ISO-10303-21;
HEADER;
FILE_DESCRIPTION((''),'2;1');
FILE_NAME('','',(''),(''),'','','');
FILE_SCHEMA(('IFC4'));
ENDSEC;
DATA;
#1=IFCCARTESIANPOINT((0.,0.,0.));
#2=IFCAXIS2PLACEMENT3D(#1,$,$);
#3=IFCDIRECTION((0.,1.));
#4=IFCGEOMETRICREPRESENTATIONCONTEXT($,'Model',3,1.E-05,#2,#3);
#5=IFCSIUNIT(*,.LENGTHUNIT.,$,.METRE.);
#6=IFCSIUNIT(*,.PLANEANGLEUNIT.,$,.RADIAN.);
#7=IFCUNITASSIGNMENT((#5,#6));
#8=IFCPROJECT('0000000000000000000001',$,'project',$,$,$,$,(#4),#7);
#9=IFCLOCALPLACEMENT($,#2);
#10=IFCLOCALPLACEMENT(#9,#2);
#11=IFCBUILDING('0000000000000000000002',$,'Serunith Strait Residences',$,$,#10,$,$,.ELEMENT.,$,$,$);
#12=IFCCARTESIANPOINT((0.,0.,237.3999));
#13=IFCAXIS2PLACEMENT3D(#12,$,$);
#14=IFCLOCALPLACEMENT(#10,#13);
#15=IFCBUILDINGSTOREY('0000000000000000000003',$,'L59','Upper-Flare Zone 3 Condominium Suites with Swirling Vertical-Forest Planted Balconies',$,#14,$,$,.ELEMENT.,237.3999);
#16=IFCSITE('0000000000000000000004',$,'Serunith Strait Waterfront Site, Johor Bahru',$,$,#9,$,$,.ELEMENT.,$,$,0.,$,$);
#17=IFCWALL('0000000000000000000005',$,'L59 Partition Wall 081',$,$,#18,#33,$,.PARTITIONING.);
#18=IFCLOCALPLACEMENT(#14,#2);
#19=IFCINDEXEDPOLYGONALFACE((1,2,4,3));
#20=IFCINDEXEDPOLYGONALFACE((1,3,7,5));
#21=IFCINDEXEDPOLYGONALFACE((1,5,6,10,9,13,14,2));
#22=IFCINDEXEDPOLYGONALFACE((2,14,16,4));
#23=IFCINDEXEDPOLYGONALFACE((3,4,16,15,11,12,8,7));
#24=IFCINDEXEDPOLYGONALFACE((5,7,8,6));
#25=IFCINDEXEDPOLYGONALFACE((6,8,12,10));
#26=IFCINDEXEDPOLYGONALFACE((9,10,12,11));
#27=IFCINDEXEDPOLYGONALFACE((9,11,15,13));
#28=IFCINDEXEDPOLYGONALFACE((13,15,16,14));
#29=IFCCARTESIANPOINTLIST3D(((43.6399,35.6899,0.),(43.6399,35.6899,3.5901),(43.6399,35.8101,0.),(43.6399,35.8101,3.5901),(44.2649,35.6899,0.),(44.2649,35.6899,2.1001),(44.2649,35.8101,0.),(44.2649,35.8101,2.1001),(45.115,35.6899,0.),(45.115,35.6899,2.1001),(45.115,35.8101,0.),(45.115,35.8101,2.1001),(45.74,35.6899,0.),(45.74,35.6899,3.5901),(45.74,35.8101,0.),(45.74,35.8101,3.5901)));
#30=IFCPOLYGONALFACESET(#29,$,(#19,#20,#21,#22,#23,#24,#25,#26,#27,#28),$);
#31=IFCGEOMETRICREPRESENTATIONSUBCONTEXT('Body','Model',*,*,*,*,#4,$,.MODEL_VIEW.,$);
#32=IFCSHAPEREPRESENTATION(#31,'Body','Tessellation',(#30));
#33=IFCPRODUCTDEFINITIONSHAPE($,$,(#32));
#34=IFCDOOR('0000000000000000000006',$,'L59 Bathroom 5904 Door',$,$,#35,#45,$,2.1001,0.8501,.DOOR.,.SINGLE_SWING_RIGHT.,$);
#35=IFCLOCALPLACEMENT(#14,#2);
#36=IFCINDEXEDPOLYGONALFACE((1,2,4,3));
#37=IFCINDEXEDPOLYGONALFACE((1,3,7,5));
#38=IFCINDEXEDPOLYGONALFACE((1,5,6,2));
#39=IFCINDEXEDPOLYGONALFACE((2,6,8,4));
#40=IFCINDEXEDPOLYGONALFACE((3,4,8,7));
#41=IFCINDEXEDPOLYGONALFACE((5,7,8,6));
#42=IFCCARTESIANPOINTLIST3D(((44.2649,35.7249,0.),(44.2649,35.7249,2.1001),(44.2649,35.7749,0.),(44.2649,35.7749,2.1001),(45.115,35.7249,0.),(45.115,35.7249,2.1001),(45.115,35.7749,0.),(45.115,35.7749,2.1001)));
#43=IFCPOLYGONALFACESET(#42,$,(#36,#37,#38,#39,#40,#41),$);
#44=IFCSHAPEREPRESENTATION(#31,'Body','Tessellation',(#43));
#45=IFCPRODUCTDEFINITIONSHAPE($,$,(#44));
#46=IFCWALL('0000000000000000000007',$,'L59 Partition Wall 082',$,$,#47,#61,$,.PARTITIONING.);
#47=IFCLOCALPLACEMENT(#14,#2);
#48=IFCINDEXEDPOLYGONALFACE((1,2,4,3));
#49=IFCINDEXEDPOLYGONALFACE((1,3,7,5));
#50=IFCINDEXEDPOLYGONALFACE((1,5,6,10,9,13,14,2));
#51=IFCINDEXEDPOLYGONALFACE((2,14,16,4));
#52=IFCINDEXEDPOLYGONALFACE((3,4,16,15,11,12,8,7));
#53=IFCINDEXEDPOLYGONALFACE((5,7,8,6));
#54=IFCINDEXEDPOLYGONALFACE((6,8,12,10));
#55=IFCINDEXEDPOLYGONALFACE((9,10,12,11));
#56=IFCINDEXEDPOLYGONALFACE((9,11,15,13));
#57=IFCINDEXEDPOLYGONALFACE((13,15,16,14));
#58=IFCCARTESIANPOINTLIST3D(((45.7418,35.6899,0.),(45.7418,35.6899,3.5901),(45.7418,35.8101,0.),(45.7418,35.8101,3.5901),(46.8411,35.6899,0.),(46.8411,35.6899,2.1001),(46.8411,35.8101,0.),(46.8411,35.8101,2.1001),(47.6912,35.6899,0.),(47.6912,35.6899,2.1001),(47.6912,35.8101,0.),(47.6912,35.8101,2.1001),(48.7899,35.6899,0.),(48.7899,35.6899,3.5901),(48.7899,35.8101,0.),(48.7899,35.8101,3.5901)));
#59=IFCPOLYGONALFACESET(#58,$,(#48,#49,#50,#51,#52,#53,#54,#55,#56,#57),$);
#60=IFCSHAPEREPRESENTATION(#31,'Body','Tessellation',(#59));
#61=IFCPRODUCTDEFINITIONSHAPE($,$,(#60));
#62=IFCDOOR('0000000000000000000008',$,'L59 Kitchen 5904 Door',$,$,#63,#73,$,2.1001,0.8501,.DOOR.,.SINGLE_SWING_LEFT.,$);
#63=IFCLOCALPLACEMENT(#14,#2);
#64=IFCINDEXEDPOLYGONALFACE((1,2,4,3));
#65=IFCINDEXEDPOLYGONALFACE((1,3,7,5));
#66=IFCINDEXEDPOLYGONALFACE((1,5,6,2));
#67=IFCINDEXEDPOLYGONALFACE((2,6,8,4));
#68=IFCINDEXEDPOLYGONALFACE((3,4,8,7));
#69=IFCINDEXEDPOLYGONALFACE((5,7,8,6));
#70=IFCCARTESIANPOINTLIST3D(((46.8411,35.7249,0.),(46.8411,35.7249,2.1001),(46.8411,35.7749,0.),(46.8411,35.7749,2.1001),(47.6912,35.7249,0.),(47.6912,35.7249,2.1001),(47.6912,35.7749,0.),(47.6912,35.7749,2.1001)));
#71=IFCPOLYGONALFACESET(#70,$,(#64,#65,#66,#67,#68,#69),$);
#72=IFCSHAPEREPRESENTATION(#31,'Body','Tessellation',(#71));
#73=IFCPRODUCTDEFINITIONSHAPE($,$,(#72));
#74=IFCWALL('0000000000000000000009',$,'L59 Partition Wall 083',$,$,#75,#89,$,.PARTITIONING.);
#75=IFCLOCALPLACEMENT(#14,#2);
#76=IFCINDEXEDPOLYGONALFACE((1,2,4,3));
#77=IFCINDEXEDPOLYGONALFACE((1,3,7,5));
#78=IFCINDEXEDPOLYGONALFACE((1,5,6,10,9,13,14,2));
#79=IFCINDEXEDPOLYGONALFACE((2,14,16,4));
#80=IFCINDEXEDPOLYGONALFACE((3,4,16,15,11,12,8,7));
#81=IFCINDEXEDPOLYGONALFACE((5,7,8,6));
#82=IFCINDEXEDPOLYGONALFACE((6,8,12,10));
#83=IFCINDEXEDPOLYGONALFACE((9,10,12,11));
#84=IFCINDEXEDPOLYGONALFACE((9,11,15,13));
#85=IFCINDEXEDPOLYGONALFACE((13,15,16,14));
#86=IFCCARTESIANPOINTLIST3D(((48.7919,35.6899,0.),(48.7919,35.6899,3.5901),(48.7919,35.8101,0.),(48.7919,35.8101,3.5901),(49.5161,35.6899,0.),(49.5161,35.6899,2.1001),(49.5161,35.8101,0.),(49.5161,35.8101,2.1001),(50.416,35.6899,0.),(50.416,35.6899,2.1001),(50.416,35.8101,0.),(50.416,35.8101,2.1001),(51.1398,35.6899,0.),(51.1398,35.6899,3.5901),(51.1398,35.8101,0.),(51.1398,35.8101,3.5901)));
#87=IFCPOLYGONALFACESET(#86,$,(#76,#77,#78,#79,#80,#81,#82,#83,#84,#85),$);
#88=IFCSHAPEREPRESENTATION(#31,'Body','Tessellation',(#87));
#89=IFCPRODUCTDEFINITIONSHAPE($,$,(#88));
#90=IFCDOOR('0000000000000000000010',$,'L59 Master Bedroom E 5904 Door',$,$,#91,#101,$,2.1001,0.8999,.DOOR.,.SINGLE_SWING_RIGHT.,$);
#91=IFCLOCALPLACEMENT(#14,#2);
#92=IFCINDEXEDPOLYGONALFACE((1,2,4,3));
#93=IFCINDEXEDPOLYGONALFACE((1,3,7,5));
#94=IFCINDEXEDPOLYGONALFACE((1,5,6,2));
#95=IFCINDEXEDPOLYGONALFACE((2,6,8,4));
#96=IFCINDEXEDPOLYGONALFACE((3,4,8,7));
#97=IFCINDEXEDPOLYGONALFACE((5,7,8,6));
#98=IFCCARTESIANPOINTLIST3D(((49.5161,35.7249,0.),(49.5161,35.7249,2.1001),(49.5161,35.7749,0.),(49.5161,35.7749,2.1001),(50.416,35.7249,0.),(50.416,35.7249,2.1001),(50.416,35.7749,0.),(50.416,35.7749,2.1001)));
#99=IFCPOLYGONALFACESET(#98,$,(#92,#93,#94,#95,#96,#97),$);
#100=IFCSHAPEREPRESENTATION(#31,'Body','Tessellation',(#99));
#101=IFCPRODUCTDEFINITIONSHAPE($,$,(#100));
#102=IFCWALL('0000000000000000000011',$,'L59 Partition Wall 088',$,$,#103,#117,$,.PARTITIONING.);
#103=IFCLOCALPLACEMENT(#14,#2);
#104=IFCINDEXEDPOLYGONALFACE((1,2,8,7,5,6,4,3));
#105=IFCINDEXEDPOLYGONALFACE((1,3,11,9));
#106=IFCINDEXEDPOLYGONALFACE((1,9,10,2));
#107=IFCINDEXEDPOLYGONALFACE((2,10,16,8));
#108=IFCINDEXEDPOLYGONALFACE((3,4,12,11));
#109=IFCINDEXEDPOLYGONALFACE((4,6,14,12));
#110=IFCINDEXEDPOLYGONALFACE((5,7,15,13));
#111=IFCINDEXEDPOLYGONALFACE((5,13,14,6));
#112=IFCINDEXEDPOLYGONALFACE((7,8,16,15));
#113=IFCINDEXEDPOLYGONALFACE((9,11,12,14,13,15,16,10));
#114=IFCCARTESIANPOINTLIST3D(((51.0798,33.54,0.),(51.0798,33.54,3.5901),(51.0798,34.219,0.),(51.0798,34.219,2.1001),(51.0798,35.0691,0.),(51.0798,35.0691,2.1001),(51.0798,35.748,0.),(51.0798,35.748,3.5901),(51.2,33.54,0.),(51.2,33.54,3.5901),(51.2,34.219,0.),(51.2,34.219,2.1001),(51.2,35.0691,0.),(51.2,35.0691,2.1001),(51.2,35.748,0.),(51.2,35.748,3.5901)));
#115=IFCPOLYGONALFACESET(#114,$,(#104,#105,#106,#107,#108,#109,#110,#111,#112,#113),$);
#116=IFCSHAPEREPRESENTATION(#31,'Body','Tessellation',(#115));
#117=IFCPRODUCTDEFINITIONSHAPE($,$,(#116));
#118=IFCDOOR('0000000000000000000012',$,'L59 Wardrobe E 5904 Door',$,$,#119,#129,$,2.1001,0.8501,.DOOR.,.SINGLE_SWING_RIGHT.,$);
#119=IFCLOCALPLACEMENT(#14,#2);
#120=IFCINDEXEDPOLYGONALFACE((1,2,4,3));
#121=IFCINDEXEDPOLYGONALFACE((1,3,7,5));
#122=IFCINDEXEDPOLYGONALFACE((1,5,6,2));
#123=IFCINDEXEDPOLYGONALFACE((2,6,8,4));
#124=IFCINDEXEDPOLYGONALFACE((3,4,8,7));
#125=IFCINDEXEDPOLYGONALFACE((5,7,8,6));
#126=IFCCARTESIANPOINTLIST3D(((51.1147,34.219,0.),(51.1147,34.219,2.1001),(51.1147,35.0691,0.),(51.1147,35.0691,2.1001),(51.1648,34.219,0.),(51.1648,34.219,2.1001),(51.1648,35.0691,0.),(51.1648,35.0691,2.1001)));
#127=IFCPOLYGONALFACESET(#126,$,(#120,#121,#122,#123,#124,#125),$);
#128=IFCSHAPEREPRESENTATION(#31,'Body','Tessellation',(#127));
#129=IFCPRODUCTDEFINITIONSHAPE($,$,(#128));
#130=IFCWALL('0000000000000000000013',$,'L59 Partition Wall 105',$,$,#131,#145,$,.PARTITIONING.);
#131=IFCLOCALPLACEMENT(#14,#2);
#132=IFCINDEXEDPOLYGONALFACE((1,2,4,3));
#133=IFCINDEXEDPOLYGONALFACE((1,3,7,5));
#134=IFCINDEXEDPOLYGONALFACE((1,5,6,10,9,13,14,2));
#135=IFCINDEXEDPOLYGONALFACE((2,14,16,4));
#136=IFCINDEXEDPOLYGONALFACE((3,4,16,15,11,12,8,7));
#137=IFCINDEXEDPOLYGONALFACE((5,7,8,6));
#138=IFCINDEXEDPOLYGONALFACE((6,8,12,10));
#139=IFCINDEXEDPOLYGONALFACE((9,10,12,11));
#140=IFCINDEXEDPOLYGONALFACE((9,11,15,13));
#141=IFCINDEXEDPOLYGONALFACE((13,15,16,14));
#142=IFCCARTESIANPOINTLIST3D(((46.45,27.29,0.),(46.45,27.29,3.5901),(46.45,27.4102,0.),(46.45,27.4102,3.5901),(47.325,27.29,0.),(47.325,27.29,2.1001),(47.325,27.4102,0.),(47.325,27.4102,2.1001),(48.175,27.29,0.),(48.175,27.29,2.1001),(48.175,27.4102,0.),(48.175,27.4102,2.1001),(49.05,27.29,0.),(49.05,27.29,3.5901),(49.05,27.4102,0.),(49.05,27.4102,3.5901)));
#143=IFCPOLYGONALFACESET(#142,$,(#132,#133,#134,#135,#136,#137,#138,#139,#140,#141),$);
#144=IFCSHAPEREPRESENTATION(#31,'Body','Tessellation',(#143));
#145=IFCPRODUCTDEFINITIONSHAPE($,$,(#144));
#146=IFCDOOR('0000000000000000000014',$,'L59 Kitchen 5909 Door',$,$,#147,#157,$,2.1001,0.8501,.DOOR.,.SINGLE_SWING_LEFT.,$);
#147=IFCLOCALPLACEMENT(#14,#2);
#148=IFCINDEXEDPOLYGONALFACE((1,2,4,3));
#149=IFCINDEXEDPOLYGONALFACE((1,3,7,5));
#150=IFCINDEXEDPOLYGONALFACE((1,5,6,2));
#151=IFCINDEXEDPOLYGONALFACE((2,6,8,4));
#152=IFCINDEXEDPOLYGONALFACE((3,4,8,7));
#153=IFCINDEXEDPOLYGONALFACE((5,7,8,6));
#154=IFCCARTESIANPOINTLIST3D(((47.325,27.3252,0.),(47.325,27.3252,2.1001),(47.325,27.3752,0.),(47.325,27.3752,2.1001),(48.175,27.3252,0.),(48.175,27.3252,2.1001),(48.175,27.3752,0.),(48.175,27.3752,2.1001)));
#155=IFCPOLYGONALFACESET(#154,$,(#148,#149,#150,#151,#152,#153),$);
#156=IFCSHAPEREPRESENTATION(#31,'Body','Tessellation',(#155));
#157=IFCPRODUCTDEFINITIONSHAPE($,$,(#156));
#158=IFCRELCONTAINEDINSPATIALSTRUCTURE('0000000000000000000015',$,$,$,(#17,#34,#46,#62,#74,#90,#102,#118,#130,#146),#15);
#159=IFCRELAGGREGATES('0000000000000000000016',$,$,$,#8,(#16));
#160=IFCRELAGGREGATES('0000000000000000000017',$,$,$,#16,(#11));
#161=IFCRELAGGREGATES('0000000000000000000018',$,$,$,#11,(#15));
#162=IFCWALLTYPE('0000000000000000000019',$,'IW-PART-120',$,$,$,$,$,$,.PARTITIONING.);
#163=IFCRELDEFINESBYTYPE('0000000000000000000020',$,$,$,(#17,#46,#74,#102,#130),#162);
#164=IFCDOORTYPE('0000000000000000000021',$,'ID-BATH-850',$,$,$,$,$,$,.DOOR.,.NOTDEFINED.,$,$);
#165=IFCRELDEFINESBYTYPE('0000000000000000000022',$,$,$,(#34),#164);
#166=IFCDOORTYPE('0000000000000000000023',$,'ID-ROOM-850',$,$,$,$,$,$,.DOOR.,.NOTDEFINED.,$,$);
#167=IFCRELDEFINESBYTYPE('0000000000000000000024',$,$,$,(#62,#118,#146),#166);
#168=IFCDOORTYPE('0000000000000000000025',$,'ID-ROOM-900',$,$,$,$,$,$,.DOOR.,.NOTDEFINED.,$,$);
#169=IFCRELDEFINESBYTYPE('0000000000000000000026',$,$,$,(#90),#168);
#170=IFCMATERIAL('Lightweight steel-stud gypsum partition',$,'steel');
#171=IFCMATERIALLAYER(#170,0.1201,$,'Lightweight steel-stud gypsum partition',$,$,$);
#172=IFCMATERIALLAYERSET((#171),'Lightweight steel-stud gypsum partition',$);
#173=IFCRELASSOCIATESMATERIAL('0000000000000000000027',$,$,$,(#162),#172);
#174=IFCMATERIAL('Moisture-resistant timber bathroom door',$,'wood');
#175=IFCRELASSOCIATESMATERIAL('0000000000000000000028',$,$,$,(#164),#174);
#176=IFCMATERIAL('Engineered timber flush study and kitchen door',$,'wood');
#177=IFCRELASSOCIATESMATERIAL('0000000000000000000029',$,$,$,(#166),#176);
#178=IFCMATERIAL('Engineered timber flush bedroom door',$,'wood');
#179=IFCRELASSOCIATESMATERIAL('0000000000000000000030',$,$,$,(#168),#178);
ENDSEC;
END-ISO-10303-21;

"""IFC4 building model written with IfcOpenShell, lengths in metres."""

from ifc_helpers import new_model, si_unit, direction, frame, frame_2d, origin, place, context, subcontext, project, spatial, rectangle, extrude, source, transform, mapped, material, layer, layer_set, type_object, element, fill, save


model = new_model("IFC4")

# Units and contexts
model_context = context("Model", 3, precision=1e-05, world=origin(), true_north=direction((0.0, 1.0)))
body_context = subcontext(model_context, "Body", "Model", "MODEL_VIEW")
ifc_project = project(units=[si_unit("LENGTHUNIT", "METRE"), si_unit("PLANEANGLEUNIT", "RADIAN")], contexts=[model_context])

# Site, building, storey
site_placement = place(None, origin())
site = spatial("IfcSite", under=ifc_project, at=site_placement, Name="Serunith Strait Waterfront Site, Johor Bahru", CompositionType="ELEMENT", RefElevation=0.0)
building_placement = place(site_placement, origin())
building = spatial("IfcBuilding", under=site, at=building_placement, Name="Serunith Strait Residences", CompositionType="ELEMENT")
storey_placement = place(building_placement, frame((0.0, 0.0, 237.3999)))
storey = spatial("IfcBuildingStorey", under=building, at=storey_placement, Name="L59", Description="Upper-Flare Zone 3 Condominium Suites with Swirling Vertical-Forest Planted Balconies", CompositionType="ELEMENT", Elevation=237.3999)

# Walls, openings, doors
ifc_material_1 = material(Name="Lightweight steel-stud gypsum partition", Category="steel")
ifc_layer_1 = layer(ifc_material_1, 0.1201, Name="Lightweight steel-stud gypsum partition")
ifc_layer_set_1 = layer_set([ifc_layer_1], Name="Lightweight steel-stud gypsum partition")
wall_type_1 = type_object("IfcWallType", Name="IW-PART-120", PredefinedType="PARTITIONING", material=ifc_layer_set_1)
wall_1_placement = place(storey_placement, frame((43.6399, 35.75, 0.0), z_axis=(0.0, 0.0, 1.0), x_axis=(1.0, 0.0, 0.0)))
wall_1 = element("IfcWall", 1, at=wall_1_placement, inside=storey, type_object=wall_type_1, Name="L59 Partition Wall 081", PredefinedType="PARTITIONING", context=body_context, shape_type="SweptSolid", body=[
    extrude(rectangle(XDim=2.1001, YDim=0.1201, at=frame_2d((1.05, 0.0))), origin(), (0.0, 0.0, 1.0), 3.5901),
])
opening_1_placement = place(wall_1_placement, frame((0.625, 0.0, 0.0)))
opening_1 = element("IfcOpeningElement", 2, at=opening_1_placement, cuts=wall_1, PredefinedType="OPENING", context=body_context, shape_type="SweptSolid", body=[
    extrude(rectangle(XDim=0.8501, YDim=2.1001, at=frame_2d((0.425, 1.05))), frame((0.0, 0.0701, 0.0), z_axis=(0.0, -1.0, 0.0), x_axis=(1.0, 0.0, 0.0)), (0.0, 0.0, 1.0), 0.1401),
])
ifc_material_2 = material(Name="Moisture-resistant timber bathroom door", Category="wood")
door_type_1 = type_object("IfcDoorType", Name="ID-BATH-850", OperationType="NOTDEFINED", PredefinedType="DOOR", material=ifc_material_2)
shared_shape_1 = source(origin(), body_context, "Body", "SweptSolid", [
    extrude(rectangle(XDim=0.8501, YDim=2.1001, at=frame_2d((0.425, 1.05))), frame((0.0, 0.0249, 0.0), z_axis=(0.0, -1.0, 0.0), x_axis=(1.0, 0.0, 0.0)), (0.0, 0.0, 1.0), 0.05),
])
door_1_placement = place(opening_1_placement, origin())
door_1 = element("IfcDoor", 3, at=door_1_placement, inside=storey, type_object=door_type_1, Name="L59 Bathroom 5904 Door", OperationType="SINGLE_SWING_RIGHT", OverallHeight=2.1001, OverallWidth=0.8501, PredefinedType="DOOR", context=body_context, shape_type="MappedRepresentation", body=[
    mapped(shared_shape_1, transform((0.0, 0.0, 0.0), scale=1.0)),
])
fill(opening_1, door_1)
wall_2_placement = place(storey_placement, frame((45.7419, 35.75, 0.0), z_axis=(0.0, 0.0, 1.0), x_axis=(1.0, 0.0, 0.0)))
wall_2 = element("IfcWall", 4, at=wall_2_placement, inside=storey, type_object=wall_type_1, Name="L59 Partition Wall 082", PredefinedType="PARTITIONING", context=body_context, shape_type="SweptSolid", body=[
    extrude(rectangle(XDim=3.0481, YDim=0.1201, at=frame_2d((1.5239, 0.0))), origin(), (0.0, 0.0, 1.0), 3.5901),
])
opening_2_placement = place(wall_2_placement, frame((1.0991, 0.0, 0.0)))
opening_2 = element("IfcOpeningElement", 5, at=opening_2_placement, cuts=wall_2, PredefinedType="OPENING", context=body_context, shape_type="SweptSolid", body=[
    extrude(rectangle(XDim=0.8501, YDim=2.1001, at=frame_2d((0.425, 1.05))), frame((0.0, 0.0701, 0.0), z_axis=(0.0, -1.0, 0.0), x_axis=(1.0, 0.0, 0.0)), (0.0, 0.0, 1.0), 0.1401),
])
ifc_material_3 = material(Name="Engineered timber flush study and kitchen door", Category="wood")
door_type_2 = type_object("IfcDoorType", Name="ID-ROOM-850", OperationType="NOTDEFINED", PredefinedType="DOOR", material=ifc_material_3)
door_2_placement = place(opening_2_placement, origin())
door_2 = element("IfcDoor", 6, at=door_2_placement, inside=storey, type_object=door_type_2, Name="L59 Kitchen 5904 Door", OperationType="SINGLE_SWING_LEFT", OverallHeight=2.1001, OverallWidth=0.8501, PredefinedType="DOOR", context=body_context, shape_type="MappedRepresentation", body=[
    mapped(shared_shape_1, transform((0.0, 0.0, 0.0), scale=1.0)),
])
fill(opening_2, door_2)
wall_3_placement = place(storey_placement, frame((48.792, 35.75, 0.0), z_axis=(0.0, 0.0, 1.0), x_axis=(1.0, 0.0, 0.0)))
wall_3 = element("IfcWall", 7, at=wall_3_placement, inside=storey, type_object=wall_type_1, Name="L59 Partition Wall 083", PredefinedType="PARTITIONING", context=body_context, shape_type="SweptSolid", body=[
    extrude(rectangle(XDim=2.3479, YDim=0.1201, at=frame_2d((1.1738, 0.0))), origin(), (0.0, 0.0, 1.0), 3.5901),
])
opening_3_placement = place(wall_3_placement, frame((0.7241, 0.0, 0.0)))
opening_3 = element("IfcOpeningElement", 8, at=opening_3_placement, cuts=wall_3, PredefinedType="OPENING", context=body_context, shape_type="SweptSolid", body=[
    extrude(rectangle(XDim=0.8999, YDim=2.1001, at=frame_2d((0.45, 1.05))), frame((0.0, 0.0701, 0.0), z_axis=(0.0, -1.0, 0.0), x_axis=(1.0, 0.0, 0.0)), (0.0, 0.0, 1.0), 0.1401),
])
ifc_material_4 = material(Name="Engineered timber flush bedroom door", Category="wood")
door_type_3 = type_object("IfcDoorType", Name="ID-ROOM-900", OperationType="NOTDEFINED", PredefinedType="DOOR", material=ifc_material_4)
shared_shape_2 = source(origin(), body_context, "Body", "SweptSolid", [
    extrude(rectangle(XDim=0.8999, YDim=2.1001, at=frame_2d((0.45, 1.05))), frame((0.0, 0.0249, 0.0), z_axis=(0.0, -1.0, 0.0), x_axis=(1.0, 0.0, 0.0)), (0.0, 0.0, 1.0), 0.05),
])
door_3_placement = place(opening_3_placement, origin())
door_3 = element("IfcDoor", 9, at=door_3_placement, inside=storey, type_object=door_type_3, Name="L59 Master Bedroom E 5904 Door", OperationType="SINGLE_SWING_RIGHT", OverallHeight=2.1001, OverallWidth=0.8999, PredefinedType="DOOR", context=body_context, shape_type="MappedRepresentation", body=[
    mapped(shared_shape_2, transform((0.0, 0.0, 0.0), scale=1.0)),
])
fill(opening_3, door_3)
wall_4_placement = place(storey_placement, frame((51.1399, 35.748, 0.0), z_axis=(0.0, 0.0, 1.0), x_axis=(0.0, -1.0, 0.0)))
wall_4 = element("IfcWall", 10, at=wall_4_placement, inside=storey, type_object=wall_type_1, Name="L59 Partition Wall 088", PredefinedType="PARTITIONING", context=body_context, shape_type="SweptSolid", body=[
    extrude(rectangle(XDim=2.208, YDim=0.1201, at=frame_2d((1.104, 0.0))), origin(), (0.0, 0.0, 1.0), 3.5901),
])
opening_4_placement = place(wall_4_placement, frame((0.679, 0.0, 0.0)))
opening_4 = element("IfcOpeningElement", 11, at=opening_4_placement, cuts=wall_4, PredefinedType="OPENING", context=body_context, shape_type="SweptSolid", body=[
    extrude(rectangle(XDim=0.8501, YDim=2.1001, at=frame_2d((0.425, 1.05))), frame((0.0, 0.0701, 0.0), z_axis=(0.0, -1.0, 0.0), x_axis=(1.0, 0.0, 0.0)), (0.0, 0.0, 1.0), 0.1401),
])
door_4_placement = place(opening_4_placement, origin())
door_4 = element("IfcDoor", 12, at=door_4_placement, inside=storey, type_object=door_type_2, Name="L59 Wardrobe E 5904 Door", OperationType="SINGLE_SWING_RIGHT", OverallHeight=2.1001, OverallWidth=0.8501, PredefinedType="DOOR", context=body_context, shape_type="MappedRepresentation", body=[
    mapped(shared_shape_1, transform((0.0, 0.0, 0.0), scale=1.0)),
])
fill(opening_4, door_4)
wall_5_placement = place(storey_placement, frame((49.05, 27.3501, 0.0), z_axis=(0.0, 0.0, 1.0), x_axis=(-1.0, 0.0, 0.0)))
wall_5 = element("IfcWall", 13, at=wall_5_placement, inside=storey, type_object=wall_type_1, Name="L59 Partition Wall 105", PredefinedType="PARTITIONING", context=body_context, shape_type="SweptSolid", body=[
    extrude(rectangle(XDim=2.6001, YDim=0.1201, at=frame_2d((1.3, 0.0))), origin(), (0.0, 0.0, 1.0), 3.5901),
])
opening_5_placement = place(wall_5_placement, frame((0.875, 0.0, 0.0)))
opening_5 = element("IfcOpeningElement", 14, at=opening_5_placement, cuts=wall_5, PredefinedType="OPENING", context=body_context, shape_type="SweptSolid", body=[
    extrude(rectangle(XDim=0.8501, YDim=2.1001, at=frame_2d((0.425, 1.05))), frame((0.0, 0.0701, 0.0), z_axis=(0.0, -1.0, 0.0), x_axis=(1.0, 0.0, 0.0)), (0.0, 0.0, 1.0), 0.1401),
])
door_5_placement = place(opening_5_placement, origin())
door_5 = element("IfcDoor", 15, at=door_5_placement, inside=storey, type_object=door_type_2, Name="L59 Kitchen 5909 Door", OperationType="SINGLE_SWING_LEFT", OverallHeight=2.1001, OverallWidth=0.8501, PredefinedType="DOOR", context=body_context, shape_type="MappedRepresentation", body=[
    mapped(shared_shape_1, transform((0.0, 0.0, 0.0), scale=1.0)),
])
fill(opening_5, door_5)

save(model, "model.ifc")
